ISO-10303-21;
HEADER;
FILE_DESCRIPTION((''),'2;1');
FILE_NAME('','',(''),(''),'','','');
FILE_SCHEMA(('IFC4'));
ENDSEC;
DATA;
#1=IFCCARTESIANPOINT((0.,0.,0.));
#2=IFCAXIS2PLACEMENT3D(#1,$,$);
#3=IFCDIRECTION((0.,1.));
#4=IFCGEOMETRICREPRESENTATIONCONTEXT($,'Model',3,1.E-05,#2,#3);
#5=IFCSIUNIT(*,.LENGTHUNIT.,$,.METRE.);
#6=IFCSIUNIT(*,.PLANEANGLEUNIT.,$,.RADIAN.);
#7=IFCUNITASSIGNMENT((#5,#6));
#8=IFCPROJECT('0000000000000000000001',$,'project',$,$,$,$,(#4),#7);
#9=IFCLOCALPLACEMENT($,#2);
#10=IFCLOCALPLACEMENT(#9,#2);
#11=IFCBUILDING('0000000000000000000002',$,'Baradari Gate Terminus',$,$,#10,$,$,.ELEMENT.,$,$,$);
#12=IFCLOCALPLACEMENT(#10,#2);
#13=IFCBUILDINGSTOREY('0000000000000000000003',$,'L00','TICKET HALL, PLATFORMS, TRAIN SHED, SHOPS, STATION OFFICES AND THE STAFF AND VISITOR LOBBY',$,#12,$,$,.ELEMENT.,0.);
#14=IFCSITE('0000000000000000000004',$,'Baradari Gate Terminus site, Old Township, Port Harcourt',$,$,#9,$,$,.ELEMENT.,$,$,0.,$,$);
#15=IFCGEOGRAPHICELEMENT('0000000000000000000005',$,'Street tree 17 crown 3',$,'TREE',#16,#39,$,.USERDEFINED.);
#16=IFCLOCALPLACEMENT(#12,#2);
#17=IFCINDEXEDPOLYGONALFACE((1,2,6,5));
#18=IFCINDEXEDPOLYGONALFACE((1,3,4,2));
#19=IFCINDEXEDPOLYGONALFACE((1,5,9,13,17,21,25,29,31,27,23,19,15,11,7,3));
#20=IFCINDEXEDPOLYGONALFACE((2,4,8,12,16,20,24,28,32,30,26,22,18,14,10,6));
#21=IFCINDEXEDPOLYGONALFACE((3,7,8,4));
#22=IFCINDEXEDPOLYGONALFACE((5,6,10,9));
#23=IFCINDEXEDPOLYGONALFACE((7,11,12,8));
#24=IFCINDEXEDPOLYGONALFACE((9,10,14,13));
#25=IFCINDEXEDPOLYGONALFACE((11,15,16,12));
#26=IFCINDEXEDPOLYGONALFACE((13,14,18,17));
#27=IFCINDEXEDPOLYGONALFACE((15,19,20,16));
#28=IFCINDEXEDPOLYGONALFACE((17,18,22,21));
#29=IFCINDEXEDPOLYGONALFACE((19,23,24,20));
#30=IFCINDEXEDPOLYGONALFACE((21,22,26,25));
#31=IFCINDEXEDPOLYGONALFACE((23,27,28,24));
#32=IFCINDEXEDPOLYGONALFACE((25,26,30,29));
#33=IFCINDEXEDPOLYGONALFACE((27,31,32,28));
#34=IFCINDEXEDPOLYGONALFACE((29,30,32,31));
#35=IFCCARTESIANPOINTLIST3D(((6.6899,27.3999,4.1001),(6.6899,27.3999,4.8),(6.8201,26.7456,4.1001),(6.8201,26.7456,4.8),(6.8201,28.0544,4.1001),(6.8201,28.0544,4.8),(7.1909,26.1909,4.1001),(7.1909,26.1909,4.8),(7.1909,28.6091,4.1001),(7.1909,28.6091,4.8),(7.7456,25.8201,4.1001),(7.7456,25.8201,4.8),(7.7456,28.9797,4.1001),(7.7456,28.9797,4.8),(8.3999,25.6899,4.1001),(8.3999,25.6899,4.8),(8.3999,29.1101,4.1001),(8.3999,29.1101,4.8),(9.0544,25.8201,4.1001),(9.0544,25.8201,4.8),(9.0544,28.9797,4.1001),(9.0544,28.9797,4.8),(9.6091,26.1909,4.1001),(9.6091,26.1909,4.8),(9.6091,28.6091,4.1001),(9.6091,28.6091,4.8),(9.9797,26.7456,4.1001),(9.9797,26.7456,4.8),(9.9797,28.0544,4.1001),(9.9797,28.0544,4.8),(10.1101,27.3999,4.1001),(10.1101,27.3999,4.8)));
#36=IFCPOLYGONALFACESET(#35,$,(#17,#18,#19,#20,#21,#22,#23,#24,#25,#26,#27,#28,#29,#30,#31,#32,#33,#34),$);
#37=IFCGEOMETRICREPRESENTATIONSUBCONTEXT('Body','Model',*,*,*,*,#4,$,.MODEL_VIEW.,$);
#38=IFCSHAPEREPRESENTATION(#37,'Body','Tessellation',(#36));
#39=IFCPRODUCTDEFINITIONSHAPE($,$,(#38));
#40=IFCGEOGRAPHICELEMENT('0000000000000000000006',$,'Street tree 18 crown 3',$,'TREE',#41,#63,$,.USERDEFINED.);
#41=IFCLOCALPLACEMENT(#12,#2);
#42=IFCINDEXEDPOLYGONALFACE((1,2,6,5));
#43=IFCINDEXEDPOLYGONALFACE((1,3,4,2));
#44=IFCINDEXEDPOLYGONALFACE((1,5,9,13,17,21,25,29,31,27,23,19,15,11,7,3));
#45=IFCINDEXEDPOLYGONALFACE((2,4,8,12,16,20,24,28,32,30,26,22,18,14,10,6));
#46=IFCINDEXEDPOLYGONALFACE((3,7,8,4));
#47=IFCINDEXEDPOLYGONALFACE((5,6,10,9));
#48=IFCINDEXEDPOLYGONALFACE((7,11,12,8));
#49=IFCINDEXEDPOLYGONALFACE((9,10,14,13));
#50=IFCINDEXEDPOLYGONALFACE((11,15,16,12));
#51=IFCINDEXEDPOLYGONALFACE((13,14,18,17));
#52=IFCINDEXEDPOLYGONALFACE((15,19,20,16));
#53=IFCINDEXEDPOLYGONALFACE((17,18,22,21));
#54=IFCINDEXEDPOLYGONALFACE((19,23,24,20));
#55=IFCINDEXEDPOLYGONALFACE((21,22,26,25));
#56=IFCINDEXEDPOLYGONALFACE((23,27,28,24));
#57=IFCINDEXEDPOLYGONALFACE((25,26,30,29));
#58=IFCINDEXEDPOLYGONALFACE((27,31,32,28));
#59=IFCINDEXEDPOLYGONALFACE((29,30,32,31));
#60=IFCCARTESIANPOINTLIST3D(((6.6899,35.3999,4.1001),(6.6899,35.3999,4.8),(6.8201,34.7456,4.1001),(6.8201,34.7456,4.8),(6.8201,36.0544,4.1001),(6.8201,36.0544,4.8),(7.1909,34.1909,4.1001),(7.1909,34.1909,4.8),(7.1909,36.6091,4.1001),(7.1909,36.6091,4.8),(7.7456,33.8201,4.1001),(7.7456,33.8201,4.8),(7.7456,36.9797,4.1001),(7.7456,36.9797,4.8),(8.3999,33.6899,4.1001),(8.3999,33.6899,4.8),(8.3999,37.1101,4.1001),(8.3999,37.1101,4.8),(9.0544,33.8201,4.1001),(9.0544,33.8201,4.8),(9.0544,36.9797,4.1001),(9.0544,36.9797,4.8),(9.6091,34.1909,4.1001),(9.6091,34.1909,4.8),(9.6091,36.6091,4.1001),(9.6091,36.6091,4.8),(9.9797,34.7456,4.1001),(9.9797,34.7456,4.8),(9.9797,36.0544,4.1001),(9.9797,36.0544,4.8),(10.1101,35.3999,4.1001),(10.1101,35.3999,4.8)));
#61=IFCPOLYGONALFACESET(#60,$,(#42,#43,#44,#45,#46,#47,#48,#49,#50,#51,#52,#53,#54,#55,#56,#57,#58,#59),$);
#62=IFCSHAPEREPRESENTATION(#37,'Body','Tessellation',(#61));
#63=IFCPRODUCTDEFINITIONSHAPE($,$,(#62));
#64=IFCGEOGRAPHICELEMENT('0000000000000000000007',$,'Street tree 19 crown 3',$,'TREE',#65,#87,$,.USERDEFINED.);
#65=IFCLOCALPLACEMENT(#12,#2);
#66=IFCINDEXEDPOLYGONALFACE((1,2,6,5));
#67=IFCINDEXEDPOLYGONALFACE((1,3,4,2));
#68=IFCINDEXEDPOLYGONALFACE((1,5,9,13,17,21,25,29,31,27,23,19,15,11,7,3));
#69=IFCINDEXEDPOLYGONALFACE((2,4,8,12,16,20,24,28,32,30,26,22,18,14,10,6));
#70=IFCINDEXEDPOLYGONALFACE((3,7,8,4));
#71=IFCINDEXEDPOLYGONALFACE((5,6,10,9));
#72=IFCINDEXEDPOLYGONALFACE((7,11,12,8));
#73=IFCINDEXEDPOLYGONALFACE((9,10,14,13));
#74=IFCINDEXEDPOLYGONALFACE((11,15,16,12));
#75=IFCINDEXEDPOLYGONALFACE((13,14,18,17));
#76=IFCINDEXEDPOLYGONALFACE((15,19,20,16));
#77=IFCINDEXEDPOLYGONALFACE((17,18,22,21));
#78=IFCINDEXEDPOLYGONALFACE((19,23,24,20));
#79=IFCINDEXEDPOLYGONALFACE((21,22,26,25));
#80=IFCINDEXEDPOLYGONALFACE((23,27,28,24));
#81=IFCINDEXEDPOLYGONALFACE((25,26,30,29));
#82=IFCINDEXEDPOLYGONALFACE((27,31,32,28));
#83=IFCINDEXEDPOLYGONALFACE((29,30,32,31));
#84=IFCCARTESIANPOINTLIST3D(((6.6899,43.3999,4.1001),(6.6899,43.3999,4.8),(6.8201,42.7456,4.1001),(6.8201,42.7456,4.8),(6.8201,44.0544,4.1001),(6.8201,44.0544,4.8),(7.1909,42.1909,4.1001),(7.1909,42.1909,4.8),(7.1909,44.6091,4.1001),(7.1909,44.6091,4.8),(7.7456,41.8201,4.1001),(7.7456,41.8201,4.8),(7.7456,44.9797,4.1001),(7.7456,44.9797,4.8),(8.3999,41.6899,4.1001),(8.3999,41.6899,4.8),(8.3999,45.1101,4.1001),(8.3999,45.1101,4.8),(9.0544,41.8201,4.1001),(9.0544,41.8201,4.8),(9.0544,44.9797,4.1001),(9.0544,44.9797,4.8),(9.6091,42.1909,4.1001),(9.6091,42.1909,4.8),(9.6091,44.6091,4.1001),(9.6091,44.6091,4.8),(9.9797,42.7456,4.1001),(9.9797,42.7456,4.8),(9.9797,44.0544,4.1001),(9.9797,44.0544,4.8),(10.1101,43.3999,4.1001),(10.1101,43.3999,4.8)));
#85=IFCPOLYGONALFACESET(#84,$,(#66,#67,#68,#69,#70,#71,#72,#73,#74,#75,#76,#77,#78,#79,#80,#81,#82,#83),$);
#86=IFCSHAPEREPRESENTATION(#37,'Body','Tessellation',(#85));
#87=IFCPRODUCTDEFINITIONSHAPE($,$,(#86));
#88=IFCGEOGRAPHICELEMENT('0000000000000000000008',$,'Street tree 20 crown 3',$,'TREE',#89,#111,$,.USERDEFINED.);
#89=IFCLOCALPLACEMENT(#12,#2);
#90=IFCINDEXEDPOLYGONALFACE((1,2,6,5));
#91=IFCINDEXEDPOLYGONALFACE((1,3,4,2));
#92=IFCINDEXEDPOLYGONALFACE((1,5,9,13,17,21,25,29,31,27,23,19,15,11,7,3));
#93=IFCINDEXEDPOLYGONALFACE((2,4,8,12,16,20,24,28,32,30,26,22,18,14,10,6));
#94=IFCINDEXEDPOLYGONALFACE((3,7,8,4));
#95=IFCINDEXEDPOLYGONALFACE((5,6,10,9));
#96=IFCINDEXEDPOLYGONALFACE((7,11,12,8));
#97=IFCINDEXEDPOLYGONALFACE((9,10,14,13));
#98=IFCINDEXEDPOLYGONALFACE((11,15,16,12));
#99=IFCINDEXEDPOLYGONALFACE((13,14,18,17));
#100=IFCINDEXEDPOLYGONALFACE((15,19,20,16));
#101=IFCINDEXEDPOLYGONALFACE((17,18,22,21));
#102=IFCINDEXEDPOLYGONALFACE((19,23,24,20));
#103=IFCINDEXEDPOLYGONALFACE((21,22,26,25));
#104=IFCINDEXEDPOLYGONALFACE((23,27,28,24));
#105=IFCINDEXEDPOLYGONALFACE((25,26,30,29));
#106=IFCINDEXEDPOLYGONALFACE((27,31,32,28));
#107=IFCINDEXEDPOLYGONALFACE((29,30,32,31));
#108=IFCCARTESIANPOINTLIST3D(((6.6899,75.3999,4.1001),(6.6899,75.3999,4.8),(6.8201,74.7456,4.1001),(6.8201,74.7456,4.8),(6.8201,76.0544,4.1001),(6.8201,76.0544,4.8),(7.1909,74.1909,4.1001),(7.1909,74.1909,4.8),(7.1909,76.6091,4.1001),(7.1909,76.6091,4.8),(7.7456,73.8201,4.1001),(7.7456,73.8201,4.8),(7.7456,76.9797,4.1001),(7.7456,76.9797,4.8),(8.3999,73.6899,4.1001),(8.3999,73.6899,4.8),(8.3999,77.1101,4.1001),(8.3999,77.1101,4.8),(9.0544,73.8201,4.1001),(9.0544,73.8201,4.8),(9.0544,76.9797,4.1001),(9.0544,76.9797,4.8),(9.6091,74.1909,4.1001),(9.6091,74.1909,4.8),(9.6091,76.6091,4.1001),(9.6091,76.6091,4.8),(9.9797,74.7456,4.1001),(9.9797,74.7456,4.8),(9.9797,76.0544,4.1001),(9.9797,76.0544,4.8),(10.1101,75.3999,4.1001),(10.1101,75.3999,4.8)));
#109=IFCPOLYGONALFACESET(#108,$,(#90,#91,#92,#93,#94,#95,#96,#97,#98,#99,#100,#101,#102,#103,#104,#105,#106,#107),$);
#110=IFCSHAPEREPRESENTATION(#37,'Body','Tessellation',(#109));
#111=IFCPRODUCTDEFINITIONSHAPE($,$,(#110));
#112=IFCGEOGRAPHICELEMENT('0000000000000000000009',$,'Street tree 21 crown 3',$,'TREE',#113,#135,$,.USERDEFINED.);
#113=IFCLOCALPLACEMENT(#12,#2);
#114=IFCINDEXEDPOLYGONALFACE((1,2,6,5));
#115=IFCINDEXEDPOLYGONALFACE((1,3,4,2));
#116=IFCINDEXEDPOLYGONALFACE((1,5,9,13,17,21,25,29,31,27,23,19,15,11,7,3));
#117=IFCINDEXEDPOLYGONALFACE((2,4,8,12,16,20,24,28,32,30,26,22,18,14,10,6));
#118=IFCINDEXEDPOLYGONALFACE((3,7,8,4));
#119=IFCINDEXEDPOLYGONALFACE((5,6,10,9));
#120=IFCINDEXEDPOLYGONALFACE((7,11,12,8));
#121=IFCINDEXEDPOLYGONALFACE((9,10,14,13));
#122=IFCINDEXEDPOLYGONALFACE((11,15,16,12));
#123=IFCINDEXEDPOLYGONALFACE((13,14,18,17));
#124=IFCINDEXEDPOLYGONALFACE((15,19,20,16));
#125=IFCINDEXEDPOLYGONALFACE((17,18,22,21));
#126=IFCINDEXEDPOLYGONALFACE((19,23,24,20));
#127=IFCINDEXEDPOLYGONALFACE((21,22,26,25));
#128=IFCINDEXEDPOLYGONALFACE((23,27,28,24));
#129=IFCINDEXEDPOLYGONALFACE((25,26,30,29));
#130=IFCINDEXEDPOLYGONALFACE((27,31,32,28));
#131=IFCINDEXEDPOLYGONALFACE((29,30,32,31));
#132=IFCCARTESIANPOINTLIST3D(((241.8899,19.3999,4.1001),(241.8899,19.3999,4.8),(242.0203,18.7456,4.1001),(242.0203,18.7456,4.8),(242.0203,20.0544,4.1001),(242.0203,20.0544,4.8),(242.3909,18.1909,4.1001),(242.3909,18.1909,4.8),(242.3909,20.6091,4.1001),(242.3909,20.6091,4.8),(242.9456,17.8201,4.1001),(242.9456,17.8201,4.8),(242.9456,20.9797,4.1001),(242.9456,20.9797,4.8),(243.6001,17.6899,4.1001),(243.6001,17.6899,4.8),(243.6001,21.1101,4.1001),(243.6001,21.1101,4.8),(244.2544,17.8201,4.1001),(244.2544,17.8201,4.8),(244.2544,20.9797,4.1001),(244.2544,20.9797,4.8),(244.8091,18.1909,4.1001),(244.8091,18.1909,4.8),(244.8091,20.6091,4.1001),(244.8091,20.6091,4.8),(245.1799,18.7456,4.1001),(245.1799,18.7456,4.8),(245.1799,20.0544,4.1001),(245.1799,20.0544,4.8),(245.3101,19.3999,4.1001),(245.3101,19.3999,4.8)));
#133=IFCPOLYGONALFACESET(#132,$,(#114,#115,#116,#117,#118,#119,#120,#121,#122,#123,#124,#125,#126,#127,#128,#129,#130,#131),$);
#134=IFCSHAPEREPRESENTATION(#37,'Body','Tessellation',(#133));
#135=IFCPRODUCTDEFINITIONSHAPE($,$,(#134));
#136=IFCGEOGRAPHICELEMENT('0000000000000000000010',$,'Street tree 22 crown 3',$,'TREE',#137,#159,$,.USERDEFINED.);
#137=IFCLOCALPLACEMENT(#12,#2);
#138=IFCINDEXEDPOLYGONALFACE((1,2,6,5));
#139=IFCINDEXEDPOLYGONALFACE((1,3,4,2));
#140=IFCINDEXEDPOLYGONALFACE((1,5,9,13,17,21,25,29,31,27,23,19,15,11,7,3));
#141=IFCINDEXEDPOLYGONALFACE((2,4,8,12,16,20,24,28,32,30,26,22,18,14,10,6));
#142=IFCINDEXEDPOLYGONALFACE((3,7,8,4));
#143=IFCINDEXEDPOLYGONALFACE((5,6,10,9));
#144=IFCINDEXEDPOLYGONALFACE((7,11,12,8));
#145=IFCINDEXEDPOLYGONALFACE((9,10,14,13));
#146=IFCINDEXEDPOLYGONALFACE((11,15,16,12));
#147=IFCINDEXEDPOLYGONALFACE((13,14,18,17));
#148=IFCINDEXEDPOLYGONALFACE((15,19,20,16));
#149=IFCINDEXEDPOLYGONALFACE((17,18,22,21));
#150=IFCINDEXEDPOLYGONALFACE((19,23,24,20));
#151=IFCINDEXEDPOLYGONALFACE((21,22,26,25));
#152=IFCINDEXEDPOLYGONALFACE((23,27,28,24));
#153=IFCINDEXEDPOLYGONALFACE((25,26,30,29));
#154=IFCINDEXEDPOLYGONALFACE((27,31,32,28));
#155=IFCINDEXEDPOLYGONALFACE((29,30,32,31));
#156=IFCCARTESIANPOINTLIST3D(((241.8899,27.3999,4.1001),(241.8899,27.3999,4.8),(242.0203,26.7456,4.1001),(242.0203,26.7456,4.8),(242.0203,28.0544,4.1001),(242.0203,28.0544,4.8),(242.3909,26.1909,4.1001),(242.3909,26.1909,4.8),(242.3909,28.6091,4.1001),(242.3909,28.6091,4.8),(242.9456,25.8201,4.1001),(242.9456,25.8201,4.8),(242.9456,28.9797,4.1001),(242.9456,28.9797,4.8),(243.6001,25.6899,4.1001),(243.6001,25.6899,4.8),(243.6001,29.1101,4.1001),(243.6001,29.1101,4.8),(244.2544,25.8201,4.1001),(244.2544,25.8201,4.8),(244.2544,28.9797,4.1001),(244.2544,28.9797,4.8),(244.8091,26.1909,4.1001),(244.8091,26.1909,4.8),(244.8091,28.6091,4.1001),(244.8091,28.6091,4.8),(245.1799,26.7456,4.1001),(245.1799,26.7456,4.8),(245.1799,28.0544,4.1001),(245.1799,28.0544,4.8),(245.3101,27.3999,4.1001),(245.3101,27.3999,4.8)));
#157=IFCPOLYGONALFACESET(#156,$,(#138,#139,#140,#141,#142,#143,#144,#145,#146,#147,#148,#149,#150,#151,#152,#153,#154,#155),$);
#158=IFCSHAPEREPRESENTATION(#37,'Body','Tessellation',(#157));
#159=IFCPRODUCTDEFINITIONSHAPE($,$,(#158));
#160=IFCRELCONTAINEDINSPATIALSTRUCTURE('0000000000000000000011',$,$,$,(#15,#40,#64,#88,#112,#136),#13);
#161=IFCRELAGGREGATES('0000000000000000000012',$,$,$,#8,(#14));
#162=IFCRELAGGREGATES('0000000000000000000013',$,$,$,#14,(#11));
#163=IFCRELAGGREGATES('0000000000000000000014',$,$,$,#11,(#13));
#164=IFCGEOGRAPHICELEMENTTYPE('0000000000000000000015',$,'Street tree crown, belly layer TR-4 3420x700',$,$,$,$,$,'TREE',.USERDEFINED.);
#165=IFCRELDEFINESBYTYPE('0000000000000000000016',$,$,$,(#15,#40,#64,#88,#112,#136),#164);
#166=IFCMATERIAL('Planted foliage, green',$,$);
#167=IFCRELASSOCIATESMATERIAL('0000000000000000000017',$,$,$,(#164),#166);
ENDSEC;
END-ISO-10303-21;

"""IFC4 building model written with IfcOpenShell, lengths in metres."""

from ifc_helpers import new_model, si_unit, direction, frame, origin, place, context, subcontext, project, spatial, polyline, outline, extrude, material, type_object, element, save


model = new_model("IFC4")

# Units and contexts
model_context = context("Model", 3, precision=1e-05, world=origin(), true_north=direction((0.0, 1.0)))
body_context = subcontext(model_context, "Body", "Model", "MODEL_VIEW")
ifc_project = project(units=[si_unit("LENGTHUNIT", "METRE"), si_unit("PLANEANGLEUNIT", "RADIAN")], contexts=[model_context])

# Site, building, storey
site_placement = place(None, origin())
site = spatial("IfcSite", under=ifc_project, at=site_placement, Name="Baradari Gate Terminus site, Old Township, Port Harcourt", CompositionType="ELEMENT", RefElevation=0.0)
building_placement = place(site_placement, origin())
building = spatial("IfcBuilding", under=site, at=building_placement, Name="Baradari Gate Terminus", CompositionType="ELEMENT")
storey_placement = place(building_placement, origin())
storey = spatial("IfcBuildingStorey", under=building, at=storey_placement, Name="L00", Description="TICKET HALL, PLATFORMS, TRAIN SHED, SHOPS, STATION OFFICES AND THE STAFF AND VISITOR LOBBY", CompositionType="ELEMENT", Elevation=0.0)

# Geographic elements
ifc_material_1 = material(Name="Planted foliage, green")
geographic_element_type_1 = type_object("IfcGeographicElementType", Name="Street tree crown, belly layer TR-4 3420x700", ElementType="TREE", PredefinedType="USERDEFINED", material=ifc_material_1)
geographic_element_1_placement = place(storey_placement, frame((0.0, 0.0, 4.1001)))
element("IfcGeographicElement", 1, at=geographic_element_1_placement, inside=storey, type_object=geographic_element_type_1, Name="Street tree 17 crown 3", ObjectType="TREE", PredefinedType="USERDEFINED", context=body_context, shape_type="SweptSolid", body=[
    extrude(outline(polyline([(10.1101, 27.3999), (9.9797, 28.0544), (9.6091, 28.6091), (9.0544, 28.9797), (8.3999, 29.1101), (7.7456, 28.9797), (7.1909, 28.6091), (6.8201, 28.0544), (6.6899, 27.3999), (6.8201, 26.7456), (7.1909, 26.1909), (7.7456, 25.8201), (8.3999, 25.6899), (9.0544, 25.8201), (9.6091, 26.1909), (9.9797, 26.7456), (10.1101, 27.3999)])), origin(), (0.0, 0.0, 1.0), 0.7),
])
geographic_element_2_placement = place(storey_placement, frame((0.0, 0.0, 4.1001)))
element("IfcGeographicElement", 2, at=geographic_element_2_placement, inside=storey, type_object=geographic_element_type_1, Name="Street tree 18 crown 3", ObjectType="TREE", PredefinedType="USERDEFINED", context=body_context, shape_type="SweptSolid", body=[
    extrude(outline(polyline([(10.1101, 35.3999), (9.9797, 36.0544), (9.6091, 36.6091), (9.0544, 36.9797), (8.3999, 37.1101), (7.7456, 36.9797), (7.1909, 36.6091), (6.8201, 36.0544), (6.6899, 35.3999), (6.8201, 34.7456), (7.1909, 34.1909), (7.7456, 33.8201), (8.3999, 33.6899), (9.0544, 33.8201), (9.6091, 34.1909), (9.9797, 34.7456), (10.1101, 35.3999)])), origin(), (0.0, 0.0, 1.0), 0.7),
])
geographic_element_3_placement = place(storey_placement, frame((0.0, 0.0, 4.1001)))
element("IfcGeographicElement", 3, at=geographic_element_3_placement, inside=storey, type_object=geographic_element_type_1, Name="Street tree 19 crown 3", ObjectType="TREE", PredefinedType="USERDEFINED", context=body_context, shape_type="SweptSolid", body=[
    extrude(outline(polyline([(10.1101, 43.3999), (9.9797, 44.0544), (9.6091, 44.6091), (9.0544, 44.9797), (8.3999, 45.1101), (7.7456, 44.9797), (7.1909, 44.6091), (6.8201, 44.0544), (6.6899, 43.3999), (6.8201, 42.7456), (7.1909, 42.1909), (7.7456, 41.8201), (8.3999, 41.6899), (9.0544, 41.8201), (9.6091, 42.1909), (9.9797, 42.7456), (10.1101, 43.3999)])), origin(), (0.0, 0.0, 1.0), 0.7),
])
geographic_element_4_placement = place(storey_placement, frame((0.0, 0.0, 4.1001)))
element("IfcGeographicElement", 4, at=geographic_element_4_placement, inside=storey, type_object=geographic_element_type_1, Name="Street tree 20 crown 3", ObjectType="TREE", PredefinedType="USERDEFINED", context=body_context, shape_type="SweptSolid", body=[
    extrude(outline(polyline([(10.1101, 75.3999), (9.9797, 76.0544), (9.6091, 76.6091), (9.0544, 76.9797), (8.3999, 77.1101), (7.7456, 76.9797), (7.1909, 76.6091), (6.8201, 76.0544), (6.6899, 75.3999), (6.8201, 74.7456), (7.1909, 74.1909), (7.7456, 73.8201), (8.3999, 73.6899), (9.0544, 73.8201), (9.6091, 74.1909), (9.9797, 74.7456), (10.1101, 75.3999)])), origin(), (0.0, 0.0, 1.0), 0.7),
])
geographic_element_5_placement = place(storey_placement, frame((0.0, 0.0, 4.1001)))
element("IfcGeographicElement", 5, at=geographic_element_5_placement, inside=storey, type_object=geographic_element_type_1, Name="Street tree 21 crown 3", ObjectType="TREE", PredefinedType="USERDEFINED", context=body_context, shape_type="SweptSolid", body=[
    extrude(outline(polyline([(245.3101, 19.3999), (245.1799, 20.0544), (244.8091, 20.6091), (244.2544, 20.9797), (243.6001, 21.1101), (242.9456, 20.9797), (242.3909, 20.6091), (242.0203, 20.0544), (241.8899, 19.3999), (242.0203, 18.7456), (242.3909, 18.1909), (242.9456, 17.8201), (243.6001, 17.6899), (244.2544, 17.8201), (244.8091, 18.1909), (245.1799, 18.7456), (245.3101, 19.3999)])), origin(), (0.0, 0.0, 1.0), 0.7),
])
geographic_element_6_placement = place(storey_placement, frame((0.0, 0.0, 4.1001)))
element("IfcGeographicElement", 6, at=geographic_element_6_placement, inside=storey, type_object=geographic_element_type_1, Name="Street tree 22 crown 3", ObjectType="TREE", PredefinedType="USERDEFINED", context=body_context, shape_type="SweptSolid", body=[
    extrude(outline(polyline([(245.3101, 27.3999), (245.1799, 28.0544), (244.8091, 28.6091), (244.2544, 28.9797), (243.6001, 29.1101), (242.9456, 28.9797), (242.3909, 28.6091), (242.0203, 28.0544), (241.8899, 27.3999), (242.0203, 26.7456), (242.3909, 26.1909), (242.9456, 25.8201), (243.6001, 25.6899), (244.2544, 25.8201), (244.8091, 26.1909), (245.1799, 26.7456), (245.3101, 27.3999)])), origin(), (0.0, 0.0, 1.0), 0.7),
])

save(model, "model.ifc")
